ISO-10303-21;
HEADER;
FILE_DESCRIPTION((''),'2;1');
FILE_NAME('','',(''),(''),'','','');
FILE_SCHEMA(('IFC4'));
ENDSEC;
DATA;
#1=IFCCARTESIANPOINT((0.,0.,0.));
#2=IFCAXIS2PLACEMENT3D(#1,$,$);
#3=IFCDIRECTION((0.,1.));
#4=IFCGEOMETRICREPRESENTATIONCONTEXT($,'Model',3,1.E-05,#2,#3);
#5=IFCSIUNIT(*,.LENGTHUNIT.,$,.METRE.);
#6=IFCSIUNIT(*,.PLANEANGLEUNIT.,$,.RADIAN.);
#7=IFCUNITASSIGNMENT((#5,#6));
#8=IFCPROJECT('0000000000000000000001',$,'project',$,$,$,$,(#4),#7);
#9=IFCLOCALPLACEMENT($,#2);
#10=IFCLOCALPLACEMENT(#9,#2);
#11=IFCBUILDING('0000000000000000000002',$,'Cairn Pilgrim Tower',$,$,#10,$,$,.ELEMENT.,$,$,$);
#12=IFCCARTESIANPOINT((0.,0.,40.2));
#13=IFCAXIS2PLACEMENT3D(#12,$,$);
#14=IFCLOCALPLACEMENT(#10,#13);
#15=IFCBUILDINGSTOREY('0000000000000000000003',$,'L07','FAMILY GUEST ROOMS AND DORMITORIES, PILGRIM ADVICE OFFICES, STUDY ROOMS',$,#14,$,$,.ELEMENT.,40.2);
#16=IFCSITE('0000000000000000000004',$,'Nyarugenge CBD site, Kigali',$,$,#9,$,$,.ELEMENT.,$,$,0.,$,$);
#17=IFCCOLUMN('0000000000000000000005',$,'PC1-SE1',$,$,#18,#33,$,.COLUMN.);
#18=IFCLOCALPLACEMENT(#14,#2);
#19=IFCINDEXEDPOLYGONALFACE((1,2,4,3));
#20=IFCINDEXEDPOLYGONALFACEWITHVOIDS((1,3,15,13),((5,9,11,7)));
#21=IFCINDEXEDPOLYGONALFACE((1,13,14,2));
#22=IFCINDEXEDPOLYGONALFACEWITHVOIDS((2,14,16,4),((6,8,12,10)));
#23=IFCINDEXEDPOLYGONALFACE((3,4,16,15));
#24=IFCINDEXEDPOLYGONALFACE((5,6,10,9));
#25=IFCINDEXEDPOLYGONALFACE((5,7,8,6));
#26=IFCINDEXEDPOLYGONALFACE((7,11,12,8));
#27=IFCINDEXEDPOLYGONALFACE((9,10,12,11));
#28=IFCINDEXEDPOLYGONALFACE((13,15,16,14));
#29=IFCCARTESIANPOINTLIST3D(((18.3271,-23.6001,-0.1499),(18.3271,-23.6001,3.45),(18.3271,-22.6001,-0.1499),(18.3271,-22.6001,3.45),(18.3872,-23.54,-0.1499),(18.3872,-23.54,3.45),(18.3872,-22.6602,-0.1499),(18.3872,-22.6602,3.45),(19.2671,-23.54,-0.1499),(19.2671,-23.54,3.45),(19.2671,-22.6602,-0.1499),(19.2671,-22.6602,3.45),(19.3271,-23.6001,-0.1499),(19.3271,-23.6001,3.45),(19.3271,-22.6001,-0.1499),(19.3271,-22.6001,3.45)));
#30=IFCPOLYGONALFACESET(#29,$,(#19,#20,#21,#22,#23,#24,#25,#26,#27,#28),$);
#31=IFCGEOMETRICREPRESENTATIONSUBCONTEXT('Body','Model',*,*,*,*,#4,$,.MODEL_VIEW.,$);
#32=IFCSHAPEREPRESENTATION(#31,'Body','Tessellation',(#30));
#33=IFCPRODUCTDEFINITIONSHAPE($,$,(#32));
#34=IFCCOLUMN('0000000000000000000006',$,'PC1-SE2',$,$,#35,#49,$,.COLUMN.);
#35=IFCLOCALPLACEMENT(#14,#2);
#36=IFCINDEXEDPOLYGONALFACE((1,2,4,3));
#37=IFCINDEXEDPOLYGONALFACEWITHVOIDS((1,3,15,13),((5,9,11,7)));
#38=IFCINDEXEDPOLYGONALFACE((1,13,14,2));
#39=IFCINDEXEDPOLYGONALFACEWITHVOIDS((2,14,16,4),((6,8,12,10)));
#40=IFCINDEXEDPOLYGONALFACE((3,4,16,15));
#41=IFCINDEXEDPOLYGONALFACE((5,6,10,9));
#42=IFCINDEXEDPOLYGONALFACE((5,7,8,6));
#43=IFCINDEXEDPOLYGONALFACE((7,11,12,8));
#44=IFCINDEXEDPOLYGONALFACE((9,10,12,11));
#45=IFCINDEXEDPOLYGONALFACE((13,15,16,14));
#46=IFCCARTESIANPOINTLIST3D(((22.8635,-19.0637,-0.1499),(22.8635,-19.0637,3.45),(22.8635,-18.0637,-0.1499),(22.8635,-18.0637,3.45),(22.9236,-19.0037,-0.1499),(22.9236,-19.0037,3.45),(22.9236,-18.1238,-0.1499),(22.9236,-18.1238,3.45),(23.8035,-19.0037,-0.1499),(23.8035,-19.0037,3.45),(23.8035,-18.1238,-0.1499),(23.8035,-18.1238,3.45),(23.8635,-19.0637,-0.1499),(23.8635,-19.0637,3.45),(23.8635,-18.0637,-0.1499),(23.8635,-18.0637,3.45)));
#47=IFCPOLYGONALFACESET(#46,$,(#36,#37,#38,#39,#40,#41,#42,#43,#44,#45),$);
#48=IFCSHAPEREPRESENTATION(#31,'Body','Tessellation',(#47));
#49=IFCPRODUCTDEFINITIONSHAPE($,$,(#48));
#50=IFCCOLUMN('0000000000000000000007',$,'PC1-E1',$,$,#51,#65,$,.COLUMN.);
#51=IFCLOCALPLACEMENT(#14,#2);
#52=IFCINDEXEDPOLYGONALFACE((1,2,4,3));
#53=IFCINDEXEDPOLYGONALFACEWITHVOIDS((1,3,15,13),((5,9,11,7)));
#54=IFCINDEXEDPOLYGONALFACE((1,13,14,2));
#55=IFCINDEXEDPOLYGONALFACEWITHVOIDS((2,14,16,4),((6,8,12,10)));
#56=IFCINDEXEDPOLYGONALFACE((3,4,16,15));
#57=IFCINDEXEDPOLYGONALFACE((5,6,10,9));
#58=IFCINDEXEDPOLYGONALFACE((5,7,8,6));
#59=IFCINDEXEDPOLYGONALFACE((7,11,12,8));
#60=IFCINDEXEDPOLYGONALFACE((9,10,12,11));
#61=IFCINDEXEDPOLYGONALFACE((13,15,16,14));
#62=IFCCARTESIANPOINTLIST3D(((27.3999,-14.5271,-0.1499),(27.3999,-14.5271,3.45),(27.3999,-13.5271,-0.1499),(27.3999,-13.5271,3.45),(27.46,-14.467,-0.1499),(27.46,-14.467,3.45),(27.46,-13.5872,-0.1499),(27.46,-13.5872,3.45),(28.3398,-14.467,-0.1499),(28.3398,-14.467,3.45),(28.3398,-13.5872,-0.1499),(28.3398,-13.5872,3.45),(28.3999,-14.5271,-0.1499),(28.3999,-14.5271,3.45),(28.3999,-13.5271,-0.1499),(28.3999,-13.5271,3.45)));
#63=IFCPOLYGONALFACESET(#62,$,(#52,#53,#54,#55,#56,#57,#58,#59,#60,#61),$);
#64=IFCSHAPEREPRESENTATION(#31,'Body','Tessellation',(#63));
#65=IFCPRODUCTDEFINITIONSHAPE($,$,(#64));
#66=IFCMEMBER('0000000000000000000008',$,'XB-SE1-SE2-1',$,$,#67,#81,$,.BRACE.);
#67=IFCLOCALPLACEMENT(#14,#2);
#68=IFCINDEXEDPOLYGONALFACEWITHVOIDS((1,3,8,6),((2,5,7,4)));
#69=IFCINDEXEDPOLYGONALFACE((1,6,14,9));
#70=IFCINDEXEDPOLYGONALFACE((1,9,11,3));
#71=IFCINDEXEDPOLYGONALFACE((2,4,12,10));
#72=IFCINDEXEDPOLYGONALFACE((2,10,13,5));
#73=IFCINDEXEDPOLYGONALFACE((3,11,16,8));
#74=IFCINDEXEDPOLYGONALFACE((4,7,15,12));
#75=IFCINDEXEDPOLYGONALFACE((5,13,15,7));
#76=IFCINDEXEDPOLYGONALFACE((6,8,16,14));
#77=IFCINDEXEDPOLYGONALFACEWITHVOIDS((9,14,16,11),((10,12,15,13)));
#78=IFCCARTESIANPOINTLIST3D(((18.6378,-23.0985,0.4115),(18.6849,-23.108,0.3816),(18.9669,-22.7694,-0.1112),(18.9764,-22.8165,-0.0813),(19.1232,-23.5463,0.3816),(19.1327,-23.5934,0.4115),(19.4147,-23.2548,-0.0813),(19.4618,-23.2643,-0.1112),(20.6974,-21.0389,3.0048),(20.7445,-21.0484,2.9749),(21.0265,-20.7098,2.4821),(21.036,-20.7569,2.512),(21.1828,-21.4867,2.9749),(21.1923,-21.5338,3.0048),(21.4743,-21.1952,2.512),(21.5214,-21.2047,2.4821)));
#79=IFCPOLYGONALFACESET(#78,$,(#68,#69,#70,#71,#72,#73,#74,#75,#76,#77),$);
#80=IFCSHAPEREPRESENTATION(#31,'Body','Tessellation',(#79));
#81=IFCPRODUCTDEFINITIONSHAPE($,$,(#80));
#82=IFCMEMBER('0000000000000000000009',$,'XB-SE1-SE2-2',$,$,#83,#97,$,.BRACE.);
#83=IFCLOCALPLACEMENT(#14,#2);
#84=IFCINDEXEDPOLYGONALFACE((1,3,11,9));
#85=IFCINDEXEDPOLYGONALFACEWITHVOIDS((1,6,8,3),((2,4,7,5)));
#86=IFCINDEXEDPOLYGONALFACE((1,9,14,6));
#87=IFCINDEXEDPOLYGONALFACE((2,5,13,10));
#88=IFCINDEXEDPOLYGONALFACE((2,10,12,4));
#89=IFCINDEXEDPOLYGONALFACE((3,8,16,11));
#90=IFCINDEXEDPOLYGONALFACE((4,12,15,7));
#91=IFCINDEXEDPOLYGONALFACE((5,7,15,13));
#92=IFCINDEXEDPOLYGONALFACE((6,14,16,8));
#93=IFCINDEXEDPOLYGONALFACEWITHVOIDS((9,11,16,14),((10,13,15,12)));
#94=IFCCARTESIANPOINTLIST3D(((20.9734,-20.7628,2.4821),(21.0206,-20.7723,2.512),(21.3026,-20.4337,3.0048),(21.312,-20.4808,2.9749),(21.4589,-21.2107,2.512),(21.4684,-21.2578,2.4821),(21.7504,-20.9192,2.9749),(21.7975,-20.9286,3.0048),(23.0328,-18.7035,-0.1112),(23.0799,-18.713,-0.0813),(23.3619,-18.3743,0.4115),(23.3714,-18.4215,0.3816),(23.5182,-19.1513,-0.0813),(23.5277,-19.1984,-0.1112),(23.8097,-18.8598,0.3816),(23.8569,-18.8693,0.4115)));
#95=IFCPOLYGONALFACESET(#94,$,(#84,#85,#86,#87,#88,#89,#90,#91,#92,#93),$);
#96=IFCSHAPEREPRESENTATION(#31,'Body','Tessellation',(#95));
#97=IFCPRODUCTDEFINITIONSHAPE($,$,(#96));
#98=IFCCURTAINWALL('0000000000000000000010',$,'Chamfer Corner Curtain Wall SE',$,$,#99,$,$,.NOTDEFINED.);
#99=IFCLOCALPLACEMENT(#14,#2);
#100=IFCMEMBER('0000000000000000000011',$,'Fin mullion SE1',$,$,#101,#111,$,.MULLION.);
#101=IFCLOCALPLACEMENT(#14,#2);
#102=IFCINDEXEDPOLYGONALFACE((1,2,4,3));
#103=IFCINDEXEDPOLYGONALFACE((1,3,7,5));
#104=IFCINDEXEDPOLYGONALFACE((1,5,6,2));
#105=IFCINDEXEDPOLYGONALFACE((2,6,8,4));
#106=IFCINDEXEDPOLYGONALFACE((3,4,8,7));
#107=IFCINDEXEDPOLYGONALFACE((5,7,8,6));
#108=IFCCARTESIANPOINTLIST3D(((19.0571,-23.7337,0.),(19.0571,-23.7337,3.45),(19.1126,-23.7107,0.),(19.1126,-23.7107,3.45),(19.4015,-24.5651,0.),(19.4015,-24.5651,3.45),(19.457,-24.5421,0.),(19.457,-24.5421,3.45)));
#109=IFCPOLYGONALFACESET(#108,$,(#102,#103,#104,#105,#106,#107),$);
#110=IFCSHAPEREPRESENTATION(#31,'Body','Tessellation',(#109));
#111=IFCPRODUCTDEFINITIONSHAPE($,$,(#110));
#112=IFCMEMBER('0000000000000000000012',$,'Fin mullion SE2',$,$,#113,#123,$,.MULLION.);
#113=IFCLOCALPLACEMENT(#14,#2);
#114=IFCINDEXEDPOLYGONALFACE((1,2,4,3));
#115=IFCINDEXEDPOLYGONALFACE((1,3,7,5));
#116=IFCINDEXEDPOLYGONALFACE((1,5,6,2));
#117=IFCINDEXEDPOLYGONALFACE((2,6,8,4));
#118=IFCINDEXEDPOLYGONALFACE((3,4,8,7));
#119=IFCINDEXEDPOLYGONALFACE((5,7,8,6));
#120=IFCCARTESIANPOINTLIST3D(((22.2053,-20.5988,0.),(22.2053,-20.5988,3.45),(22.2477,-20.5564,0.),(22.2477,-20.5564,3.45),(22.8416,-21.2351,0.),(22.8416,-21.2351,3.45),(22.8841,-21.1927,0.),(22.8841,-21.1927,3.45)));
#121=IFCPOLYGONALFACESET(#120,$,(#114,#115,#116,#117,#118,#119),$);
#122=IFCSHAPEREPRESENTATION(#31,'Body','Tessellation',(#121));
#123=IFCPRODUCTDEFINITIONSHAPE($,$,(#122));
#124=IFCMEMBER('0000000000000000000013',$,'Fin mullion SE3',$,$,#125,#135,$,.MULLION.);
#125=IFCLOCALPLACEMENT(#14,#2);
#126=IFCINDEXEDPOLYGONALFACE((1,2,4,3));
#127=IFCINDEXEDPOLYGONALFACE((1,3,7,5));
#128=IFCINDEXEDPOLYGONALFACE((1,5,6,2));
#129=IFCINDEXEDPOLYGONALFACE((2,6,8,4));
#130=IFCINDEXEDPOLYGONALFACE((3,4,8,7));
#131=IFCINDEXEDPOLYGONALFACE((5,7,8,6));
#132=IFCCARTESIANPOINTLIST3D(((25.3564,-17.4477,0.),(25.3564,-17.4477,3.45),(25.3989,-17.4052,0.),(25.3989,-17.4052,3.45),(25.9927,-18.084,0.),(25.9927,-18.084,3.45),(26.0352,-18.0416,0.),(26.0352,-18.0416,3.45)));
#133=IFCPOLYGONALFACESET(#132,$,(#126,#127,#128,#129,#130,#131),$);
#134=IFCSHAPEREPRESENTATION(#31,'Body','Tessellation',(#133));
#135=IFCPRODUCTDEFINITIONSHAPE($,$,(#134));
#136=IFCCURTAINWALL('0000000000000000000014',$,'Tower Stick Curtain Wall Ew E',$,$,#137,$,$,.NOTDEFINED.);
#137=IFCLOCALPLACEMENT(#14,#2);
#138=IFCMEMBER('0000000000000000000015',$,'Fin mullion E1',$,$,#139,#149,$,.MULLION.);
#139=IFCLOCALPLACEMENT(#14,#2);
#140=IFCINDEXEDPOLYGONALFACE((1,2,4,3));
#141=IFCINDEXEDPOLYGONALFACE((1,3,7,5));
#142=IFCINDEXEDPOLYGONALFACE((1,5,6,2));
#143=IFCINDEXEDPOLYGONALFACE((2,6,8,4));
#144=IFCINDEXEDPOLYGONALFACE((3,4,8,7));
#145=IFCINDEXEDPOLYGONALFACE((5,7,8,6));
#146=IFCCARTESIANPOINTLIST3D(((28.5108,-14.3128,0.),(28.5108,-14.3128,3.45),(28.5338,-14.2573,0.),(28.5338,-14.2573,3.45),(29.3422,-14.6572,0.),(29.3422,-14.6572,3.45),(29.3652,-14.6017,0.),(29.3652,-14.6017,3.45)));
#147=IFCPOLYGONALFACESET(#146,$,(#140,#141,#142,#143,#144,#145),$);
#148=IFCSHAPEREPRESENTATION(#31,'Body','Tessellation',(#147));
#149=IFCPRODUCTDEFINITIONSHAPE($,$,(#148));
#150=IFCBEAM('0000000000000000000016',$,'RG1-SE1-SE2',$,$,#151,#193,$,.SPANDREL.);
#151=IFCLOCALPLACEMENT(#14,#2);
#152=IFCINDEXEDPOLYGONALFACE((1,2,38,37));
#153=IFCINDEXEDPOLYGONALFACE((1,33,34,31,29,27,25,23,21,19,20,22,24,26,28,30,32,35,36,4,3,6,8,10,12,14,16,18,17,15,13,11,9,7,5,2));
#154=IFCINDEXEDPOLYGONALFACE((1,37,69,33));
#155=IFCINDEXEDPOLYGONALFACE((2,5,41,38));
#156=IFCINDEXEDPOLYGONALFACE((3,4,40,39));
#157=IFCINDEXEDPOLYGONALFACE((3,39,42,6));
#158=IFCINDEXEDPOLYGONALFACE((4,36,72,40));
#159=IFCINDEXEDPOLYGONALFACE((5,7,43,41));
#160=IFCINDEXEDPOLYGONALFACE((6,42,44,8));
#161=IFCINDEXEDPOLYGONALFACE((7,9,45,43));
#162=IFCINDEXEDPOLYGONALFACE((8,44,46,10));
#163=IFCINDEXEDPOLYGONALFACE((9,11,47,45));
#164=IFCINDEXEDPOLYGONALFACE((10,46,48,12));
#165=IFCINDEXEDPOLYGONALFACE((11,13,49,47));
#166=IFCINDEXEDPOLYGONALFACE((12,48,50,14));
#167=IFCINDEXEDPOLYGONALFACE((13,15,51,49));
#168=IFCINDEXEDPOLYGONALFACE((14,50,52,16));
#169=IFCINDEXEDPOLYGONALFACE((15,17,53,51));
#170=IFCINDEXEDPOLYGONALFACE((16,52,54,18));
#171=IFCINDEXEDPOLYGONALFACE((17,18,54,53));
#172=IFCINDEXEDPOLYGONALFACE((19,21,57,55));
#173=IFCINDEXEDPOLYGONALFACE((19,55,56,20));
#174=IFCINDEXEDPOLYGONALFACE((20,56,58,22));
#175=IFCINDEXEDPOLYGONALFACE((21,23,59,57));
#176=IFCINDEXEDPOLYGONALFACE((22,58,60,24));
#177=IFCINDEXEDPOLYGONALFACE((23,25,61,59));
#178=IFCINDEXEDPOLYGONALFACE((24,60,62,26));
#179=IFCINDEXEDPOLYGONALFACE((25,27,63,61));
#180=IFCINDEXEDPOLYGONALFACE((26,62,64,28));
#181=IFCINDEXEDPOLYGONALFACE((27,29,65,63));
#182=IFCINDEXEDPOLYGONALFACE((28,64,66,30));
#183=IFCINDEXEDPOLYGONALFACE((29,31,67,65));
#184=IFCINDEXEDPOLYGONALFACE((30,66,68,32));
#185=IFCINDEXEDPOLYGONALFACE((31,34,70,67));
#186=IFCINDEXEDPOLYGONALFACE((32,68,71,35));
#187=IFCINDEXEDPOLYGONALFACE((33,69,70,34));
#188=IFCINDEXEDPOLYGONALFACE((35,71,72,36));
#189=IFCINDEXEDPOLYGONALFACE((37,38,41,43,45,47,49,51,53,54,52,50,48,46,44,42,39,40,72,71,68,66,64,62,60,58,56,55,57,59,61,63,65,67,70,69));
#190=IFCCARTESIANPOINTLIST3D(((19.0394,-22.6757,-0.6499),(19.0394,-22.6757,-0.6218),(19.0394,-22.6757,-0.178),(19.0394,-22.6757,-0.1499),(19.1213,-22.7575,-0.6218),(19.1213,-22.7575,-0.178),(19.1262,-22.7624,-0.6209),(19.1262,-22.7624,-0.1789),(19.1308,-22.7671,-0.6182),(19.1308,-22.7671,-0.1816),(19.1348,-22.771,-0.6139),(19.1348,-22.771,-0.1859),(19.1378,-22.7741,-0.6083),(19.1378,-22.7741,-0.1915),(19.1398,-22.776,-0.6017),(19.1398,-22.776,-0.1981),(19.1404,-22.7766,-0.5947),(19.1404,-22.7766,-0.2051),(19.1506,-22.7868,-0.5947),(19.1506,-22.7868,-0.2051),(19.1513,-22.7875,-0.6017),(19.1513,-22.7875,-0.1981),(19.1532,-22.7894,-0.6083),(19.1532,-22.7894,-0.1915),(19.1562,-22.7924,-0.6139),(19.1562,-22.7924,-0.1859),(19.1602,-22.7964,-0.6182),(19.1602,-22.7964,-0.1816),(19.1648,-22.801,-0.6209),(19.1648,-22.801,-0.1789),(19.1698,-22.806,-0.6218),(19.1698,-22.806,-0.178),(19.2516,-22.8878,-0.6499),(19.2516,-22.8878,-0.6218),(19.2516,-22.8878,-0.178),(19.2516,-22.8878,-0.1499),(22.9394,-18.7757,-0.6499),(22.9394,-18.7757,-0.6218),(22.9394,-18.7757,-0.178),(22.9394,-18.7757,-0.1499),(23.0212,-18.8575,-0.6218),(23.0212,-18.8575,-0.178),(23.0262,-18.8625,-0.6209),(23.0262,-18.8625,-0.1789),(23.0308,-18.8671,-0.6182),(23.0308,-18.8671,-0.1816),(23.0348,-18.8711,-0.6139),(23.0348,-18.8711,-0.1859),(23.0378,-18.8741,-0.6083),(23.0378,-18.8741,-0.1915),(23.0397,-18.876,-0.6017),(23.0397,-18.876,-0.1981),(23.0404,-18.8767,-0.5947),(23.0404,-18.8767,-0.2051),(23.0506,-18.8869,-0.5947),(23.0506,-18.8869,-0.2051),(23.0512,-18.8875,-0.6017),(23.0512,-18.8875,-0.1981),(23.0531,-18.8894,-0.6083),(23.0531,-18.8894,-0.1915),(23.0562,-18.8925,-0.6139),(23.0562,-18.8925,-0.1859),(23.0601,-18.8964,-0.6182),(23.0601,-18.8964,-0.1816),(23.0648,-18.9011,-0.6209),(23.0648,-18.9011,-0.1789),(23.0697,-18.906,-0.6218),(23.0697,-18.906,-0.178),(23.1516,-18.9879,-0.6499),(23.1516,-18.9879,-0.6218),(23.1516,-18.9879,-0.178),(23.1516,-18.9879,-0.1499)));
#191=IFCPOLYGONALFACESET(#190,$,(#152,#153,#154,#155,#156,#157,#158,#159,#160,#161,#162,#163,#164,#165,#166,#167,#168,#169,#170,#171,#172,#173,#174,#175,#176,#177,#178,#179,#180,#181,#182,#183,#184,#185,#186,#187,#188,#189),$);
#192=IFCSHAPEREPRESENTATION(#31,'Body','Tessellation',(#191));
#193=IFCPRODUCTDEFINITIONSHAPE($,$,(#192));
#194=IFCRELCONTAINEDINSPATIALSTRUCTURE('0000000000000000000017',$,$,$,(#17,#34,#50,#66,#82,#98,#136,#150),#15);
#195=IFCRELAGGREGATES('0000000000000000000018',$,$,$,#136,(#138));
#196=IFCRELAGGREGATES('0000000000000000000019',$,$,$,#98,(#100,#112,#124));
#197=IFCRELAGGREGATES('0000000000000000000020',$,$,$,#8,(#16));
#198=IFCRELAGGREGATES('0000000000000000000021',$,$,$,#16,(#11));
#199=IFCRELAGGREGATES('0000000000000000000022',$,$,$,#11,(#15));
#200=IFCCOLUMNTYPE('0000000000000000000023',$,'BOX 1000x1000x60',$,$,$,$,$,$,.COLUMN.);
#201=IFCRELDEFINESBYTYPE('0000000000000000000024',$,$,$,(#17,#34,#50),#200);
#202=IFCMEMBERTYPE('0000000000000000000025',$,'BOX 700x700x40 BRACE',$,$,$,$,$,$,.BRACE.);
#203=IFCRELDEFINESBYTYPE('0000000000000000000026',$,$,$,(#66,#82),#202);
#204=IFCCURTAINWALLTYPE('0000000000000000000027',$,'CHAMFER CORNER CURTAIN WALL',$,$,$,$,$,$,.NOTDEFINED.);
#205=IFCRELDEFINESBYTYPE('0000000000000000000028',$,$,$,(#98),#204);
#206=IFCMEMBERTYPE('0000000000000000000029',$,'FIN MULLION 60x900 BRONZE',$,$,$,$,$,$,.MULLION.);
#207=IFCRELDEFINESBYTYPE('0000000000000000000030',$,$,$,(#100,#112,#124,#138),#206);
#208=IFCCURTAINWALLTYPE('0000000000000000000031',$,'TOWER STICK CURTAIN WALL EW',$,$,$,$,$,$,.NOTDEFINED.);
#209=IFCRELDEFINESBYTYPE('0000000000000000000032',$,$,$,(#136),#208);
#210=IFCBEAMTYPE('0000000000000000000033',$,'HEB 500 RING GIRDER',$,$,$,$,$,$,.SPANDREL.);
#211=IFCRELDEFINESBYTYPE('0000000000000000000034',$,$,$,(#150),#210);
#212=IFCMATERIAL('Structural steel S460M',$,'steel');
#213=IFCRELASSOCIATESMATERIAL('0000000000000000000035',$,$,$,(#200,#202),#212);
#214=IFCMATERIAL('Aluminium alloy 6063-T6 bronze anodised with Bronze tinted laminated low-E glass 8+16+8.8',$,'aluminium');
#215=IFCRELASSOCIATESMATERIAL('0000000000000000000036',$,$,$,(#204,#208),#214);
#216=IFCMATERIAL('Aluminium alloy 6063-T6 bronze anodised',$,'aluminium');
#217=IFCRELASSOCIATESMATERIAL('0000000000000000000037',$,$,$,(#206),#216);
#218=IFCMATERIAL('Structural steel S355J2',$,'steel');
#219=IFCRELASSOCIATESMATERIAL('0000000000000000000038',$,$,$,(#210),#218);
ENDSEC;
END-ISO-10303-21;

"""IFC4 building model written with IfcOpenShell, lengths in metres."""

from ifc_helpers import new_model, si_unit, direction, frame, origin, origin_2d, place, context, subcontext, project, spatial, rectangle, hollow_rectangle, i_section, extrude, material, material_profile, profile_set, type_object, element, aggregate, save


model = new_model("IFC4")

# Units and contexts
model_context = context("Model", 3, precision=1e-05, world=origin(), true_north=direction((0.0, 1.0)))
body_context = subcontext(model_context, "Body", "Model", "MODEL_VIEW")
ifc_project = project(units=[si_unit("LENGTHUNIT", "METRE"), si_unit("PLANEANGLEUNIT", "RADIAN")], contexts=[model_context])

# Site, building, storey
site_placement = place(None, origin())
site = spatial("IfcSite", under=ifc_project, at=site_placement, Name="Nyarugenge CBD site, Kigali", CompositionType="ELEMENT", RefElevation=0.0)
building_placement = place(site_placement, origin())
building = spatial("IfcBuilding", under=site, at=building_placement, Name="Cairn Pilgrim Tower", CompositionType="ELEMENT")
storey_placement = place(building_placement, frame((0.0, 0.0, 40.2)))
storey = spatial("IfcBuildingStorey", under=building, at=storey_placement, Name="L07", Description="FAMILY GUEST ROOMS AND DORMITORIES, PILGRIM ADVICE OFFICES, STUDY ROOMS", CompositionType="ELEMENT", Elevation=40.2)

# Columns
ifc_material_1 = material(Name="Structural steel S460M", Category="steel")
ifc_material_profile_1 = material_profile(ifc_material_1, hollow_rectangle(XDim=1.0, YDim=1.0, WallThickness=0.0601, at=origin_2d()), Name="BOX 1000x1000x60")
ifc_profile_set_1 = profile_set([ifc_material_profile_1], Name="Structural steel S460M")
column_type = type_object("IfcColumnType", Name="BOX 1000x1000x60", PredefinedType="COLUMN", material=ifc_profile_set_1)
for number, where, z_axis, x_axis, name in (
    (1, (18.8271, -23.1001, -0.1499), (0.0, 0.0, 1.0), (1.0, 0.0, 0.0), "PC1-SE1"),
    (2, (23.3635, -18.5637, -0.1499), (0.0, 0.0, 1.0), (1.0, 0.0, 0.0), "PC1-SE2"),
    (3, (27.8999, -14.0271, -0.1499), (0.0, 0.0, 1.0), (1.0, 0.0, 0.0), "PC1-E1"),
):
    element("IfcColumn", number, at=place(storey_placement, frame(where, z_axis=z_axis, x_axis=x_axis)), inside=storey, type_object=column_type, Name=name, PredefinedType="COLUMN", context=body_context, shape_type="SweptSolid", body=[
        extrude(hollow_rectangle(XDim=1.0, YDim=1.0, WallThickness=0.0601, at=origin_2d()), origin(), (0.0, 0.0, 1.0), 3.5999),
    ])

# Members
ifc_material_profile_2 = material_profile(ifc_material_1, hollow_rectangle(XDim=0.7, YDim=0.7, WallThickness=0.04, at=origin_2d()), Name="BOX 700x700x40")
ifc_profile_set_2 = profile_set([ifc_material_profile_2], Name="Structural steel S460M")
member_type_1 = type_object("IfcMemberType", Name="BOX 700x700x40 BRACE", PredefinedType="BRACE", material=ifc_profile_set_2)
member_1_placement = place(storey_placement, frame((19.0498, -23.1814, 0.1501), z_axis=(0.528118, 0.528118, 0.664968), x_axis=(-0.707107, 0.707107, 0.0)))
element("IfcMember", 4, at=member_1_placement, inside=storey, type_object=member_type_1, Name="XB-SE1-SE2-1", PredefinedType="BRACE", context=body_context, shape_type="SweptSolid", body=[
    extrude(hollow_rectangle(XDim=0.7, YDim=0.7, WallThickness=0.04, at=origin_2d()), origin(), (0.0, 0.0, 1.0), 3.8999),
])
member_2_placement = place(storey_placement, frame((23.4448, -18.7864, 0.1501), z_axis=(-0.52809, -0.52809, 0.665012), x_axis=(0.707107, -0.707107, 0.0)))
element("IfcMember", 5, at=member_2_placement, inside=storey, type_object=member_type_1, Name="XB-SE1-SE2-2", PredefinedType="BRACE", context=body_context, shape_type="SweptSolid", body=[
    extrude(hollow_rectangle(XDim=0.7, YDim=0.7, WallThickness=0.04, at=origin_2d()), origin(), (0.0, 0.0, 1.0), 3.8997),
])

# Curtain wall, members
ifc_material_2 = material(Name="Aluminium alloy 6063-T6 bronze anodised with Bronze tinted laminated low-E glass 8+16+8.8", Category="aluminium")
curtain_wall_type_1 = type_object("IfcCurtainWallType", Name="CHAMFER CORNER CURTAIN WALL", PredefinedType="NOTDEFINED", material=ifc_material_2)
curtain_wall_1_placement = place(storey_placement, origin())
curtain_wall_1 = element("IfcCurtainWall", 6, at=curtain_wall_1_placement, inside=storey, type_object=curtain_wall_type_1, Name="Chamfer Corner Curtain Wall SE", PredefinedType="NOTDEFINED")
ifc_material_3 = material(Name="Aluminium alloy 6063-T6 bronze anodised", Category="aluminium")
ifc_material_profile_3 = material_profile(ifc_material_3, rectangle(XDim=0.8999, YDim=0.0601, at=origin_2d()), Name="FIN MULLION 60x900 BRONZE")
ifc_profile_set_3 = profile_set([ifc_material_profile_3], Name="Aluminium alloy 6063-T6 bronze anodised")
member_type_2 = type_object("IfcMemberType", Name="FIN MULLION 60x900 BRONZE", PredefinedType="MULLION", material=ifc_profile_set_3)
member_3_placement = place(storey_placement, frame((19.2571, -24.1379, 0.0), z_axis=(0.0, 0.0, 1.0), x_axis=(0.382683, -0.92388, 0.0)))
member_3 = element("IfcMember", 7, at=member_3_placement, type_object=member_type_2, Name="Fin mullion SE1", PredefinedType="MULLION", context=body_context, shape_type="SweptSolid", body=[
    extrude(rectangle(XDim=0.8999, YDim=0.0601, at=origin_2d()), origin(), (0.0, 0.0, 1.0), 3.45),
])
member_4_placement = place(storey_placement, frame((22.5447, -20.8958, 0.0), z_axis=(0.0, 0.0, 1.0), x_axis=(0.707107, -0.707107, 0.0)))
member_4 = element("IfcMember", 8, at=member_4_placement, type_object=member_type_2, Name="Fin mullion SE2", PredefinedType="MULLION", context=body_context, shape_type="SweptSolid", body=[
    extrude(rectangle(XDim=0.8999, YDim=0.0601, at=origin_2d()), origin(), (0.0, 0.0, 1.0), 3.45),
])
member_5_placement = place(storey_placement, frame((25.6958, -17.7446, 0.0), z_axis=(0.0, 0.0, 1.0), x_axis=(0.707107, -0.707107, 0.0)))
member_5 = element("IfcMember", 9, at=member_5_placement, type_object=member_type_2, Name="Fin mullion SE3", PredefinedType="MULLION", context=body_context, shape_type="SweptSolid", body=[
    extrude(rectangle(XDim=0.8999, YDim=0.0601, at=origin_2d()), origin(), (0.0, 0.0, 1.0), 3.45),
])

# Curtain wall, member
curtain_wall_type_2 = type_object("IfcCurtainWallType", Name="TOWER STICK CURTAIN WALL EW", PredefinedType="NOTDEFINED", material=ifc_material_2)
curtain_wall_2_placement = place(storey_placement, origin())
curtain_wall_2 = element("IfcCurtainWall", 10, at=curtain_wall_2_placement, inside=storey, type_object=curtain_wall_type_2, Name="Tower Stick Curtain Wall Ew E", PredefinedType="NOTDEFINED")
member_6_placement = place(storey_placement, frame((28.938, -14.4573, 0.0), z_axis=(0.0, 0.0, 1.0), x_axis=(0.92388, -0.382683, 0.0)))
member_6 = element("IfcMember", 11, at=member_6_placement, type_object=member_type_2, Name="Fin mullion E1", PredefinedType="MULLION", context=body_context, shape_type="SweptSolid", body=[
    extrude(rectangle(XDim=0.8999, YDim=0.0601, at=origin_2d()), origin(), (0.0, 0.0, 1.0), 3.45),
])

# Beam
ifc_material_4 = material(Name="Structural steel S355J2", Category="steel")
ifc_material_profile_4 = material_profile(ifc_material_4, i_section(OverallWidth=0.3, OverallDepth=0.5, WebThickness=0.0144, FlangeThickness=0.0281, FilletRadius=0.0271, at=origin_2d()), Name="HEB 500")
ifc_profile_set_4 = profile_set([ifc_material_profile_4], Name="Structural steel S355J2")
beam_type_1 = type_object("IfcBeamType", Name="HEB 500 RING GIRDER", PredefinedType="SPANDREL", material=ifc_profile_set_4)
for number, where, z_axis, x_axis, name in (
    (12, (19.1455, -22.7817, -0.3999), (0.707107, 0.707107, 0.0), (-0.707107, 0.707107, 0.0), "RG1-SE1-SE2"),
):
    element("IfcBeam", number, at=place(storey_placement, frame(where, z_axis=z_axis, x_axis=x_axis)), inside=storey, type_object=beam_type_1, Name=name, PredefinedType="SPANDREL", context=body_context, shape_type="SweptSolid", body=[
        extrude(i_section(OverallWidth=0.3, OverallDepth=0.5, WebThickness=0.0144, FlangeThickness=0.0281, FilletRadius=0.0271, at=origin_2d()), origin(), (0.0, 0.0, 1.0), 5.5154),
    ])

aggregate(curtain_wall_2, [member_6])

aggregate(curtain_wall_1, [member_3, member_4, member_5])

save(model, "model.ifc")
